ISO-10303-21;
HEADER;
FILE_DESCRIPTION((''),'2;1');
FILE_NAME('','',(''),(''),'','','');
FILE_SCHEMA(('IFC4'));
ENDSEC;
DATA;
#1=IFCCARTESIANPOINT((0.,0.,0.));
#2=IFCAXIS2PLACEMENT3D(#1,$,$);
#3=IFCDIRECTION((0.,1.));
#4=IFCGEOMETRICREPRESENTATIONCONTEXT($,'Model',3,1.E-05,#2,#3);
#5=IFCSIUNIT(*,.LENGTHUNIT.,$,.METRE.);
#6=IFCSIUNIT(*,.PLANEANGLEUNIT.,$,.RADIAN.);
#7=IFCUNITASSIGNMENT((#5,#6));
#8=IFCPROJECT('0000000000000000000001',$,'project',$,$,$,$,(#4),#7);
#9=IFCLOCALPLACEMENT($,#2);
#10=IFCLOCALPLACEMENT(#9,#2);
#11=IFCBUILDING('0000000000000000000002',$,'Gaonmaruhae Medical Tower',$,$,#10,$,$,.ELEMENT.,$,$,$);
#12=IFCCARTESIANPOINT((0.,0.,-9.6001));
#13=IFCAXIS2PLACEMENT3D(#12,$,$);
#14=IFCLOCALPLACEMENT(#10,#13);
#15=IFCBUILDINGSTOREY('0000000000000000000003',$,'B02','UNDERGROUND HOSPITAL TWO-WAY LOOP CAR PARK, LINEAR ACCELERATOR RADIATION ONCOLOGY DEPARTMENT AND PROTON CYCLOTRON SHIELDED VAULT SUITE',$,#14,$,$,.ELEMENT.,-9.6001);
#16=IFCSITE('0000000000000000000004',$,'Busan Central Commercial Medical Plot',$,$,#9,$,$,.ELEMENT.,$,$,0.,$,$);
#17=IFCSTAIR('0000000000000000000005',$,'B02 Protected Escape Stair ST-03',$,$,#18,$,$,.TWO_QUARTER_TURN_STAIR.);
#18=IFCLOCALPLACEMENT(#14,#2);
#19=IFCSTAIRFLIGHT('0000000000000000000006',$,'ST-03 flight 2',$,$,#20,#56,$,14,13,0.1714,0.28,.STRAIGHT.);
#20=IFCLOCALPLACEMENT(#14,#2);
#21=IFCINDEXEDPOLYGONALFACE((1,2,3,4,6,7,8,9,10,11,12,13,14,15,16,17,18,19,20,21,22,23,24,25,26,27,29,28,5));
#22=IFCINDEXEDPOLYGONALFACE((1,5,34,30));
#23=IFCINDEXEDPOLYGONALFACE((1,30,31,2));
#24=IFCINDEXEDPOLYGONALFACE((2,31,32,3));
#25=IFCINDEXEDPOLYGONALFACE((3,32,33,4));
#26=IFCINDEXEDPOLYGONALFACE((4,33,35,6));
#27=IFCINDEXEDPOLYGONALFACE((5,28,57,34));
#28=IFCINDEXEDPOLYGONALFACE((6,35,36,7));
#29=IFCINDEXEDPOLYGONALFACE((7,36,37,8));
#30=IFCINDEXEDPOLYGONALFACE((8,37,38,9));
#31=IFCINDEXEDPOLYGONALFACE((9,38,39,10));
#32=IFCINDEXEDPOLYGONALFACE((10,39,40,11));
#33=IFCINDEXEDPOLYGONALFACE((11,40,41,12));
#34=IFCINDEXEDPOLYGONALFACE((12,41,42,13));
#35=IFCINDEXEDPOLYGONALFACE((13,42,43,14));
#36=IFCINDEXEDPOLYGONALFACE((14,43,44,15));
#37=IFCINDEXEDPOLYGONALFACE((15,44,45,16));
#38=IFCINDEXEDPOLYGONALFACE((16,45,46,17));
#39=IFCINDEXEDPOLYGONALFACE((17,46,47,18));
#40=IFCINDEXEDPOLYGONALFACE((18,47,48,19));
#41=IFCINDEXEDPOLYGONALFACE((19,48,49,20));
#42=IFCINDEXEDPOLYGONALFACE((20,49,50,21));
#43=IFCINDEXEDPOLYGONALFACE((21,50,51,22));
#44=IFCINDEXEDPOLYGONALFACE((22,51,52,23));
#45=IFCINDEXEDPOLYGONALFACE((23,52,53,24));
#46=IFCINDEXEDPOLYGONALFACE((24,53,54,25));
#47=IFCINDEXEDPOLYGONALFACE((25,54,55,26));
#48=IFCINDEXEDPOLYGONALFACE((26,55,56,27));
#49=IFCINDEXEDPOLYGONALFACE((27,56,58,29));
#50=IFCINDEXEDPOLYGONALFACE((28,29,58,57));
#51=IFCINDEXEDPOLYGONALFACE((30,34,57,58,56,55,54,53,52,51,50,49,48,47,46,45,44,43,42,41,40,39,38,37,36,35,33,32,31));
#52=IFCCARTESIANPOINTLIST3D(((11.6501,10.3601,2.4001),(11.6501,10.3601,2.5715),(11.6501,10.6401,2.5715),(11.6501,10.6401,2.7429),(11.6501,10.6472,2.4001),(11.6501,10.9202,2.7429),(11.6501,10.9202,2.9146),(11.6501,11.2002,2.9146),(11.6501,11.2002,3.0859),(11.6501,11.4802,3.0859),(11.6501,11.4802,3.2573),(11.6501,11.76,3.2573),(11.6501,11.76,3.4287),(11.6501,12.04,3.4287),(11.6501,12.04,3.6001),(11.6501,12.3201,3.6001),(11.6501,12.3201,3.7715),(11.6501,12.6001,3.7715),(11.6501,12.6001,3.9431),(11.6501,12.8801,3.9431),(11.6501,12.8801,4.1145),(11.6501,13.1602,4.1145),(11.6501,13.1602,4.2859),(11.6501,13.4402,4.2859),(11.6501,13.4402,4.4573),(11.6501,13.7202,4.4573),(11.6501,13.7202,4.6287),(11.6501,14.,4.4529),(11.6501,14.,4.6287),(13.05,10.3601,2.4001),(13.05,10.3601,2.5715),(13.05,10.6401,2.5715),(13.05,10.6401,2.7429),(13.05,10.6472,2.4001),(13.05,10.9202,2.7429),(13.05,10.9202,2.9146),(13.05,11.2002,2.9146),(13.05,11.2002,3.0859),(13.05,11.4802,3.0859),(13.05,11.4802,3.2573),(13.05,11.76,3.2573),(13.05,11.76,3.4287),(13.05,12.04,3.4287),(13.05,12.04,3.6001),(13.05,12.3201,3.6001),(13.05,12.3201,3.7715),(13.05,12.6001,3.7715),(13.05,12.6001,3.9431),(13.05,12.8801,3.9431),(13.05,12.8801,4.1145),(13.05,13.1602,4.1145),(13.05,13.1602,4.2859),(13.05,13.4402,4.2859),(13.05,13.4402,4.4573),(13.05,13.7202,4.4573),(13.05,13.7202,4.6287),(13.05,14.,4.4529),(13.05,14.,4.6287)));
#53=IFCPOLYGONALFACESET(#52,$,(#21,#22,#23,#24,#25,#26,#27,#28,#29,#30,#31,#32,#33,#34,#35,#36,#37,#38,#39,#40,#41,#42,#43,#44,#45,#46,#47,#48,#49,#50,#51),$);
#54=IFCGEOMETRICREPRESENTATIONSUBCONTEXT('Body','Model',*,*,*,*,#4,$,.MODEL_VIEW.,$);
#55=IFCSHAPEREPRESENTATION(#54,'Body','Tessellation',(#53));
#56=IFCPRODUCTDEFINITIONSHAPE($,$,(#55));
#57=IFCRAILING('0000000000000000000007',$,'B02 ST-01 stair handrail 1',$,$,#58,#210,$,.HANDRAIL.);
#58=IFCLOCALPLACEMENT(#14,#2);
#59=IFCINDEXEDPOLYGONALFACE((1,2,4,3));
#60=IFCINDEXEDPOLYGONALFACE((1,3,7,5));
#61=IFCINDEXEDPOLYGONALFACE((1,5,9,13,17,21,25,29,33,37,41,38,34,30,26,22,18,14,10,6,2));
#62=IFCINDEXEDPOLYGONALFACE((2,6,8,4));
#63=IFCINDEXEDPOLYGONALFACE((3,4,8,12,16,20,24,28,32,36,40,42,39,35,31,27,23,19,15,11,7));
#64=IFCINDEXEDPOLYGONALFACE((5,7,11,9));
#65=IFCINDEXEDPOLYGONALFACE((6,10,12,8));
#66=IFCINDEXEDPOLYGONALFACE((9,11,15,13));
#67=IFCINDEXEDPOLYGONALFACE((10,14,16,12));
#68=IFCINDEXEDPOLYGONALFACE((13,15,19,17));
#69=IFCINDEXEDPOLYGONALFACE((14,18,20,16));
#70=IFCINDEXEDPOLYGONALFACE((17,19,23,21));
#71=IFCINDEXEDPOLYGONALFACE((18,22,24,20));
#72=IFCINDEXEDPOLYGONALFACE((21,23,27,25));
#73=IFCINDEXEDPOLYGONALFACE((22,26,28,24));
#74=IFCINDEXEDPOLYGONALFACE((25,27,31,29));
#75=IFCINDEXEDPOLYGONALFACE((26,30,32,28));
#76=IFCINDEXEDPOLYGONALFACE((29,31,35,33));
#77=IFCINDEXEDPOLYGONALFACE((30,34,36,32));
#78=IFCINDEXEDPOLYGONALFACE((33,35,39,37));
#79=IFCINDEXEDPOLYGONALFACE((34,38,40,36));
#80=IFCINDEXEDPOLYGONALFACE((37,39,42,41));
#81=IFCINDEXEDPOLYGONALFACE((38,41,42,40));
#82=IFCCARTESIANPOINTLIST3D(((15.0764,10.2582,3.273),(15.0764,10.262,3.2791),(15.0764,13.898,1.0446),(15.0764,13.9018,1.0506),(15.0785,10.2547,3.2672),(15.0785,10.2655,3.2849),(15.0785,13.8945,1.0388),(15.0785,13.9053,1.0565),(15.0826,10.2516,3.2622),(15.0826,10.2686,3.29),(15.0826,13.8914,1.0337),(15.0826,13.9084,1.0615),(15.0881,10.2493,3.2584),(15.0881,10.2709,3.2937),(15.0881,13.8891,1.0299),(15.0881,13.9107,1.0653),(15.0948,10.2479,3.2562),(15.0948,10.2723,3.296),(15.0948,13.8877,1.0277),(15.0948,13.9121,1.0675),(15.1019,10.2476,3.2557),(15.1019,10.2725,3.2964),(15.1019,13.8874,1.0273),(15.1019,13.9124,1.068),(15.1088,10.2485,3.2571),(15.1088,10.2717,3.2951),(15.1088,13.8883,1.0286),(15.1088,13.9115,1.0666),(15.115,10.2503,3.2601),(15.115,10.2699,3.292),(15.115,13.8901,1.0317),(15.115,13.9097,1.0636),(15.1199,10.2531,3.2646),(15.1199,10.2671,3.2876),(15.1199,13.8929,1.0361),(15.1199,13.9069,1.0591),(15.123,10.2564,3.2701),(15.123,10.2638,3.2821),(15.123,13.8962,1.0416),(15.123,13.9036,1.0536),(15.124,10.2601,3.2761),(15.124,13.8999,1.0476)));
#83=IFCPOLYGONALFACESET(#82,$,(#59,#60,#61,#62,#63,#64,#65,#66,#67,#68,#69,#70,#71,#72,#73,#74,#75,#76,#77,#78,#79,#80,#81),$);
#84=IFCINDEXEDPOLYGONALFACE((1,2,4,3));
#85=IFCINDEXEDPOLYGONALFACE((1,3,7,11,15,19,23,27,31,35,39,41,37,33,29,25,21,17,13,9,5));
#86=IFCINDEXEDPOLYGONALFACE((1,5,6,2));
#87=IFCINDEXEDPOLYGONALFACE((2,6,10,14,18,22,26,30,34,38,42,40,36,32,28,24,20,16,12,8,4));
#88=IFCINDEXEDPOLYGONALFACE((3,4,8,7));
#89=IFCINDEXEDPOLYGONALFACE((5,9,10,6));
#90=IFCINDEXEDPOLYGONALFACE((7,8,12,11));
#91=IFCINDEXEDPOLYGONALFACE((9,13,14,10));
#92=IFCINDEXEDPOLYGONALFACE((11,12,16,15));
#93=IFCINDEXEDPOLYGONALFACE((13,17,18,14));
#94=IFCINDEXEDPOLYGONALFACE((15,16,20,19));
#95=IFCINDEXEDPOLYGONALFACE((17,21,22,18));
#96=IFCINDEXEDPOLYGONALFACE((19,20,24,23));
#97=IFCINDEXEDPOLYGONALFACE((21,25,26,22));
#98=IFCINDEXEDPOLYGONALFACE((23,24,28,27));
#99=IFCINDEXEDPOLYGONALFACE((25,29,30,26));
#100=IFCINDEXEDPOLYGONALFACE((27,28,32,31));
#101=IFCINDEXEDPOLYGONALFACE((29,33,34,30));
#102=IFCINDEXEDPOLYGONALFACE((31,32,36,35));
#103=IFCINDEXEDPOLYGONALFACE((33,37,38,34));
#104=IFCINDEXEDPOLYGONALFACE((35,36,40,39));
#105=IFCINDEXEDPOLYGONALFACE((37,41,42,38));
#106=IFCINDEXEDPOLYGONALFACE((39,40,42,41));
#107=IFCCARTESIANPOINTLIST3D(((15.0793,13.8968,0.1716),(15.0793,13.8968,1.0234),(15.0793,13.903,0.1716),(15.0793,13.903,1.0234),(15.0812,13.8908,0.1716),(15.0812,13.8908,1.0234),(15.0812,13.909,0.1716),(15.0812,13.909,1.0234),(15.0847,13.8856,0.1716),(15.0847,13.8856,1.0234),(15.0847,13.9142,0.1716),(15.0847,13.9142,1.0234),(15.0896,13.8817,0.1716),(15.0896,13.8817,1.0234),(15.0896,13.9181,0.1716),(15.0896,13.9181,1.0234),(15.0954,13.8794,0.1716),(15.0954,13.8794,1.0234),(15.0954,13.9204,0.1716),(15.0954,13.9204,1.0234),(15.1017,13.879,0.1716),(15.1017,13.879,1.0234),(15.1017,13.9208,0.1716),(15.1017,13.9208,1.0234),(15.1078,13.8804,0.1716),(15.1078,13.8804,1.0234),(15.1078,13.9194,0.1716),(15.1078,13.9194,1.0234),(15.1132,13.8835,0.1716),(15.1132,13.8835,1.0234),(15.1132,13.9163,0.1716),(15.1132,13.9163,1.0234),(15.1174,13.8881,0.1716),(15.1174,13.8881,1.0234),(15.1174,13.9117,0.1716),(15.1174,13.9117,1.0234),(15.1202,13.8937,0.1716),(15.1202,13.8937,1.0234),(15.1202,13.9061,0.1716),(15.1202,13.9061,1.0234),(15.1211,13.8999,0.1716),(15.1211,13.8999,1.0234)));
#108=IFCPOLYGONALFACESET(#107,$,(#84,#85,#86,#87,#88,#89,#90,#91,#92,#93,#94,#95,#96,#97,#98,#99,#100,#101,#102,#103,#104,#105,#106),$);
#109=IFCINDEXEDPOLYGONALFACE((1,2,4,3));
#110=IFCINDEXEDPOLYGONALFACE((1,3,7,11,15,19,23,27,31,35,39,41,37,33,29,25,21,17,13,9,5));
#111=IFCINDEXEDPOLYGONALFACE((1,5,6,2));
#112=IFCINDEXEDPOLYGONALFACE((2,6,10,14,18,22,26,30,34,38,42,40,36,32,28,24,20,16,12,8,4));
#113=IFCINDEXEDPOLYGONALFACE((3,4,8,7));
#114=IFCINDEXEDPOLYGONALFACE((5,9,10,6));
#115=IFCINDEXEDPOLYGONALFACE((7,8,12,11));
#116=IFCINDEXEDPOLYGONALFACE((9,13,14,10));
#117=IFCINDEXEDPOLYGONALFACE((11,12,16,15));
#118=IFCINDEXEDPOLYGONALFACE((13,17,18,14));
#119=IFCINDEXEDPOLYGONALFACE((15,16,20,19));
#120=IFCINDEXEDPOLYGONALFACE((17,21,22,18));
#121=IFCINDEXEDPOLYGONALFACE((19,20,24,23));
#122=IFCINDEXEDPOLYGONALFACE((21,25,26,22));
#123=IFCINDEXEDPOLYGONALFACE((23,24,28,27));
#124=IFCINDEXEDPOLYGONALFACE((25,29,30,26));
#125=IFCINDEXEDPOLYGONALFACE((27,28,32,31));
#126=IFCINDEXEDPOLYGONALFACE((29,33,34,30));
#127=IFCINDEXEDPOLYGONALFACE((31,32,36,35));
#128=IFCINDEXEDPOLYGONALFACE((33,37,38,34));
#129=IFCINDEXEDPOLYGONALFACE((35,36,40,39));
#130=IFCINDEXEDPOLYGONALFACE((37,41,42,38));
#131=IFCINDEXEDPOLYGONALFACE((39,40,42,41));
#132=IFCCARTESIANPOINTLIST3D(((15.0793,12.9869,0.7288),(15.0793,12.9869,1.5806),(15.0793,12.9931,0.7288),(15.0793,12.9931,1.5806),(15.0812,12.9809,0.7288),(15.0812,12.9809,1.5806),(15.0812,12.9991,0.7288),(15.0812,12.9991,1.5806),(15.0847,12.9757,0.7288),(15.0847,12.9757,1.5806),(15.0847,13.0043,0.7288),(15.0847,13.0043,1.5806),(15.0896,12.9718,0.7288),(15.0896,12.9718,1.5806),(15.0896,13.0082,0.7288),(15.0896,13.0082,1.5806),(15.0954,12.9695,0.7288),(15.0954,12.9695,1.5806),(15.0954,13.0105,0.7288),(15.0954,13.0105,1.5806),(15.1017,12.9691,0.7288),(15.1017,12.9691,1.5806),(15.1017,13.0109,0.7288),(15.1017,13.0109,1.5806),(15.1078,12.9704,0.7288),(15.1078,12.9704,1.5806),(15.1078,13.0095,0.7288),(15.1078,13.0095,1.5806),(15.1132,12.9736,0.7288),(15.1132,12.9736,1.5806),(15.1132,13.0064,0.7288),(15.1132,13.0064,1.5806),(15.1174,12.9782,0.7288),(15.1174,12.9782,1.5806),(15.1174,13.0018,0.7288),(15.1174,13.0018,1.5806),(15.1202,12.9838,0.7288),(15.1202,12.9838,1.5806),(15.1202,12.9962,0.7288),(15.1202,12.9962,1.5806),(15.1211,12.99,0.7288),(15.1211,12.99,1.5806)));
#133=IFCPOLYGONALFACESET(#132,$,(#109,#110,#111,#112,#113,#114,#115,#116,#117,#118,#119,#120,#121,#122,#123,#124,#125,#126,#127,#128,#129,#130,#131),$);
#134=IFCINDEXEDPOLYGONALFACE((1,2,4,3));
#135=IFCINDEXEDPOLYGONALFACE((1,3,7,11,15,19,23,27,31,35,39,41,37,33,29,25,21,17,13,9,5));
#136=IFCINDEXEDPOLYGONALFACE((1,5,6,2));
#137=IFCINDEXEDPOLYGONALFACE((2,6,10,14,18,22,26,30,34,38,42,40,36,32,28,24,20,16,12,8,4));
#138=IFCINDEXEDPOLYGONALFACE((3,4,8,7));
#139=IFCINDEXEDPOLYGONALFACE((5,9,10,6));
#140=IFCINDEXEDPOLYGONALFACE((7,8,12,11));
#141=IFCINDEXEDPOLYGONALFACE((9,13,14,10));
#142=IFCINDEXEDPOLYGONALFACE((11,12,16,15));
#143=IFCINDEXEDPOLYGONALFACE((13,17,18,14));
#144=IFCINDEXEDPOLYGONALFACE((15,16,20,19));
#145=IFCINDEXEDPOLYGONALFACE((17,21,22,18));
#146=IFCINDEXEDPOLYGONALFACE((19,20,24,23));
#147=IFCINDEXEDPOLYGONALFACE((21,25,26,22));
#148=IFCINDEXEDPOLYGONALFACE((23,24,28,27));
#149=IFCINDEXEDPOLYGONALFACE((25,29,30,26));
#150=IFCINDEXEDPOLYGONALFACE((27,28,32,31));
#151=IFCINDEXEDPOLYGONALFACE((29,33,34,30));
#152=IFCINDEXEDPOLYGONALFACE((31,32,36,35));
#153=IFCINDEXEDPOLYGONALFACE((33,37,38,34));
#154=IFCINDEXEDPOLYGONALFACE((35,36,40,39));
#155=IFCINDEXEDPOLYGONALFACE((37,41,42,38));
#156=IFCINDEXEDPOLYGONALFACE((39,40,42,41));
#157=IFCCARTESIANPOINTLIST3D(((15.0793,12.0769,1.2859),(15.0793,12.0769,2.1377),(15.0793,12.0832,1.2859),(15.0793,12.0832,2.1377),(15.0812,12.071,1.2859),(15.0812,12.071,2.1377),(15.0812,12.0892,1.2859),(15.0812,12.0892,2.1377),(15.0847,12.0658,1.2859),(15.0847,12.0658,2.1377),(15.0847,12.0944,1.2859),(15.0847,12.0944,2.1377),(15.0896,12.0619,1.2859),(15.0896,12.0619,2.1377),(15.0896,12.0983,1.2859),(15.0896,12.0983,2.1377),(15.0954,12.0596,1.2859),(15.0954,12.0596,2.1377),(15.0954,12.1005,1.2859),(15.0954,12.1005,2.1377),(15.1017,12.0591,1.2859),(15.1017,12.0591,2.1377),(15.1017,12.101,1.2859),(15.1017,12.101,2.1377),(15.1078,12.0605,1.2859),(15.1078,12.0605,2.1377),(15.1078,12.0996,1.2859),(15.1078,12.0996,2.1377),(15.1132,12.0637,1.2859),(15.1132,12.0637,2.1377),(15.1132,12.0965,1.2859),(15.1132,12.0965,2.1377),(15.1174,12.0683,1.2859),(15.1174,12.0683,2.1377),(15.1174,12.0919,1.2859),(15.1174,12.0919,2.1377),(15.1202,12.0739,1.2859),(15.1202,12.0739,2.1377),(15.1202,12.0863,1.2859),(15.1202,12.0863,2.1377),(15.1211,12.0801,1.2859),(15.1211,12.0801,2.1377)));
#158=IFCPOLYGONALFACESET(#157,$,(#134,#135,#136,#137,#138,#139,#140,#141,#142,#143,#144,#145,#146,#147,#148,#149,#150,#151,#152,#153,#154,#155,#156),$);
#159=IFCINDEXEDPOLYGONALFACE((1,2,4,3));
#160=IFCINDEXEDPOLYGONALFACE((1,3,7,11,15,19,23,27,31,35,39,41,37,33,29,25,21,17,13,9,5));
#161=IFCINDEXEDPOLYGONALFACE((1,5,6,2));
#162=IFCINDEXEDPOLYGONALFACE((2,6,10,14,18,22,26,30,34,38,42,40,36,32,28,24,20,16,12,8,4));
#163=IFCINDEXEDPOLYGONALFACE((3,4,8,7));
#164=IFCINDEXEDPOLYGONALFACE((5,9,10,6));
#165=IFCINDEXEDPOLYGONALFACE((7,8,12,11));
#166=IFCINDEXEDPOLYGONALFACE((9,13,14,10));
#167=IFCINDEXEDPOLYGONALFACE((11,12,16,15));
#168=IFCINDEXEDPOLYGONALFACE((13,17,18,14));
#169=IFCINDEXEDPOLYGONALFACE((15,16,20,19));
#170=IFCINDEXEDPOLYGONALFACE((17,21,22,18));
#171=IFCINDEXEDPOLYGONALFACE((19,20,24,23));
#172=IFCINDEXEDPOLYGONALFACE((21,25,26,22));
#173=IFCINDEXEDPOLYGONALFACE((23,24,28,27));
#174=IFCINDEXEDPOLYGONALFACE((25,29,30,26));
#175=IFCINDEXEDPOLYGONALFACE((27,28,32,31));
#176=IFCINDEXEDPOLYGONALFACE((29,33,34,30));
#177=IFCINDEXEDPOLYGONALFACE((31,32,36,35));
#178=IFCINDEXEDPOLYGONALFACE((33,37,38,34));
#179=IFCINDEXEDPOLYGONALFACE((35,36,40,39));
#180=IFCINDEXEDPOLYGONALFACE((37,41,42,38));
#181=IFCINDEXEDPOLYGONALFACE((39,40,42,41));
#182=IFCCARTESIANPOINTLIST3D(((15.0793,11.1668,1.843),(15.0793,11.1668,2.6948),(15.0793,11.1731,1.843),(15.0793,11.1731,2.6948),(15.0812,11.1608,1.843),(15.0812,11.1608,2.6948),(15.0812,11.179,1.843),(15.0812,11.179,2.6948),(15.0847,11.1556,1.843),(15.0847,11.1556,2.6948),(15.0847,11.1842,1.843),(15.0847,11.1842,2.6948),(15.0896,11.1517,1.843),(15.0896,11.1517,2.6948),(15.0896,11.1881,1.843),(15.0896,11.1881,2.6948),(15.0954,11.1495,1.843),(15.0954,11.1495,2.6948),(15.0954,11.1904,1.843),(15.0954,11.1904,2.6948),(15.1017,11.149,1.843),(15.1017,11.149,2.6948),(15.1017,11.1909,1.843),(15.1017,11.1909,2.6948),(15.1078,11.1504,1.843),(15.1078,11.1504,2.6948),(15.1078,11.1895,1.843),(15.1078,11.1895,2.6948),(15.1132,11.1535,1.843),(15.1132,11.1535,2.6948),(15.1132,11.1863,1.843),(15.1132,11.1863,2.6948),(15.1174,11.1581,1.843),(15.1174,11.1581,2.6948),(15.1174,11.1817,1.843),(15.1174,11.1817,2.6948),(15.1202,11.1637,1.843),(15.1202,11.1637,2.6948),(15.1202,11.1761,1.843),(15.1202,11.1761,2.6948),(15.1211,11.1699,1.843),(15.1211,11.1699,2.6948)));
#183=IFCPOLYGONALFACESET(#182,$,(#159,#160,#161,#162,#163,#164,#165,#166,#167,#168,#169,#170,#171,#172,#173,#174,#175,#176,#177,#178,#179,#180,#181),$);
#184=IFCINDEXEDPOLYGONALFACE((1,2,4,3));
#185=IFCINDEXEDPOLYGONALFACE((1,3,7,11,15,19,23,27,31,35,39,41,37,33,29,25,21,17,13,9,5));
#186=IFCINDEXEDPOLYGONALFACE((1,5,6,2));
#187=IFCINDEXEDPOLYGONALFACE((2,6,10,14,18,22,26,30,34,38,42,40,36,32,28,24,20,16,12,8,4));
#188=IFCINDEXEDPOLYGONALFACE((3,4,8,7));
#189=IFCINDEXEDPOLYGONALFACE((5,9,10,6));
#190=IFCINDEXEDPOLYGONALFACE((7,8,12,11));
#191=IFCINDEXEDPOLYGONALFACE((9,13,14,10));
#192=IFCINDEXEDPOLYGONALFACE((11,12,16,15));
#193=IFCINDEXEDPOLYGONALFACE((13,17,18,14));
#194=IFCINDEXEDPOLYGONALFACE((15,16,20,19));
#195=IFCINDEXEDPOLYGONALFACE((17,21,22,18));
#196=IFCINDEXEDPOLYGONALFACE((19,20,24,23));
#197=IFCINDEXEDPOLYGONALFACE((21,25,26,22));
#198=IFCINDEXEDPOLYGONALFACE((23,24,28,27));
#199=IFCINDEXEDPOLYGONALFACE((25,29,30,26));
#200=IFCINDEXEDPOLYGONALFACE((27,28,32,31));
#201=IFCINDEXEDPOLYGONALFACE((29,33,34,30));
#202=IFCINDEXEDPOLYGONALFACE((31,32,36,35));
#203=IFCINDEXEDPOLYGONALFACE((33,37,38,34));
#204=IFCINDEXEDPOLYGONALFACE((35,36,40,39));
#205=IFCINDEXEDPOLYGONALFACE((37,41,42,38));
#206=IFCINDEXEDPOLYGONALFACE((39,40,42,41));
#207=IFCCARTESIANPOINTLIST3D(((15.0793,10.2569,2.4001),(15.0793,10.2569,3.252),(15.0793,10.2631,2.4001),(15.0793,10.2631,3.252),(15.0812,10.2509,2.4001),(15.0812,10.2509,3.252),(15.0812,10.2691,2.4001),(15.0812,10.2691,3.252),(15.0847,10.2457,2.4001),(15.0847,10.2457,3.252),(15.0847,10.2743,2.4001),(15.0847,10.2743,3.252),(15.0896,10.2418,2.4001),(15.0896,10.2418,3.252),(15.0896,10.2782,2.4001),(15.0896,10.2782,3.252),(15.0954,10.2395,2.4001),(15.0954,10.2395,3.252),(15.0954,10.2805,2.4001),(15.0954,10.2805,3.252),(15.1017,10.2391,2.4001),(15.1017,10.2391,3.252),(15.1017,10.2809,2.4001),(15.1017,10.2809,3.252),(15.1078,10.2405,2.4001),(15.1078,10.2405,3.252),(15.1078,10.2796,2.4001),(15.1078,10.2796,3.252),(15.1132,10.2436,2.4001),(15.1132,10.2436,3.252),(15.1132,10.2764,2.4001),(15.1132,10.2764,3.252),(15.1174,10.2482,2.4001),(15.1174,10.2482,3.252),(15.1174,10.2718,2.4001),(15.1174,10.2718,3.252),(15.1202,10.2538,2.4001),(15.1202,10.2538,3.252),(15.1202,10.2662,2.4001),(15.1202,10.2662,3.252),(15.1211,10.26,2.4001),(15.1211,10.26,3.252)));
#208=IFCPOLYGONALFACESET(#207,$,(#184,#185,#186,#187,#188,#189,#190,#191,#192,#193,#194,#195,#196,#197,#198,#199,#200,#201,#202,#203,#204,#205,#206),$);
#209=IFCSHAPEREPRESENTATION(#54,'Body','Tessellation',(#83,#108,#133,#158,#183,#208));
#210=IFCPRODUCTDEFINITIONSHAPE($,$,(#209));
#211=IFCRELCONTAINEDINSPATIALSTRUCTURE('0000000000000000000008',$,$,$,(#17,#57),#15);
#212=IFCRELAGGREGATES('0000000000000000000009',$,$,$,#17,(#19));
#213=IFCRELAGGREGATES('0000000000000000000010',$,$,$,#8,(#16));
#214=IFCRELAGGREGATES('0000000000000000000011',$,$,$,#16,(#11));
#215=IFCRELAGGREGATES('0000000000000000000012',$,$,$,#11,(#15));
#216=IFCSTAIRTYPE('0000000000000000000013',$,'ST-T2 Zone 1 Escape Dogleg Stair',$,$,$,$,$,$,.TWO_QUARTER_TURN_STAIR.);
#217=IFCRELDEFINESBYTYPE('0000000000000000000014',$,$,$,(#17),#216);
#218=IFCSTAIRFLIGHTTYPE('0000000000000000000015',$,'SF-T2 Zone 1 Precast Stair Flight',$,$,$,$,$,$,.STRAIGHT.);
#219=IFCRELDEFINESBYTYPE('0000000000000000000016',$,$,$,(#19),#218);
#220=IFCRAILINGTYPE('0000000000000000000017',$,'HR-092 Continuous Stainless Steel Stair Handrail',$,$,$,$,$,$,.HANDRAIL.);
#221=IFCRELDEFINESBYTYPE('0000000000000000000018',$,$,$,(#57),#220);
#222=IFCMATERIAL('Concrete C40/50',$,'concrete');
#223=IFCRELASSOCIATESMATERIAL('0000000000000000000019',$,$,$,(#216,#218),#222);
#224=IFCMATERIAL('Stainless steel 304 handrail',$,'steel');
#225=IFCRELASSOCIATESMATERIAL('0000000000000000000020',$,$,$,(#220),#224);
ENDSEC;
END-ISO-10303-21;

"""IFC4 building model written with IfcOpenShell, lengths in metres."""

from ifc_helpers import new_model, si_unit, direction, frame, origin, origin_2d, place, context, subcontext, project, spatial, polyline, circle, outline, extrude, material, type_object, element, aggregate, save


model = new_model("IFC4")

# Units and contexts
model_context = context("Model", 3, precision=1e-05, world=origin(), true_north=direction((0.0, 1.0)))
body_context = subcontext(model_context, "Body", "Model", "MODEL_VIEW")
ifc_project = project(units=[si_unit("LENGTHUNIT", "METRE"), si_unit("PLANEANGLEUNIT", "RADIAN")], contexts=[model_context])

# Site, building, storey
site_placement = place(None, origin())
site = spatial("IfcSite", under=ifc_project, at=site_placement, Name="Busan Central Commercial Medical Plot", CompositionType="ELEMENT", RefElevation=0.0)
building_placement = place(site_placement, origin())
building = spatial("IfcBuilding", under=site, at=building_placement, Name="Gaonmaruhae Medical Tower", CompositionType="ELEMENT")
storey_placement = place(building_placement, frame((0.0, 0.0, -9.6001)))
storey = spatial("IfcBuildingStorey", under=building, at=storey_placement, Name="B02", Description="UNDERGROUND HOSPITAL TWO-WAY LOOP CAR PARK, LINEAR ACCELERATOR RADIATION ONCOLOGY DEPARTMENT AND PROTON CYCLOTRON SHIELDED VAULT SUITE", CompositionType="ELEMENT", Elevation=-9.6001)

# Shared definitions
ifc_material_1 = material(Name="Concrete C40/50", Category="concrete")

# Stair, stair flight
stair_type_1 = type_object("IfcStairType", Name="ST-T2 Zone 1 Escape Dogleg Stair", PredefinedType="TWO_QUARTER_TURN_STAIR", material=ifc_material_1)
stair_1_placement = place(storey_placement, origin())
stair_1 = element("IfcStair", 1, at=stair_1_placement, inside=storey, type_object=stair_type_1, Name="B02 Protected Escape Stair ST-03", PredefinedType="TWO_QUARTER_TURN_STAIR")
stair_flight_type_1 = type_object("IfcStairFlightType", Name="SF-T2 Zone 1 Precast Stair Flight", PredefinedType="STRAIGHT", material=ifc_material_1)
stair_flight_1_placement = place(storey_placement, frame((12.3501, 10.3601, 2.4001), z_axis=(0.0, 0.0, 1.0), x_axis=(0.0, 1.0, 0.0)))
stair_flight_1 = element("IfcStairFlight", 2, at=stair_flight_1_placement, type_object=stair_flight_type_1, Name="ST-03 flight 2", NumberOfRisers=14, NumberOfTreads=13, PredefinedType="STRAIGHT", RiserHeight=0.1714, TreadLength=0.28, context=body_context, shape_type="SweptSolid", body=[
    extrude(outline(polyline([(0.0, 0.0), (0.0, 0.1714), (0.28, 0.1714), (0.28, 0.3428), (0.5601, 0.3428), (0.5601, 0.5144), (0.8401, 0.5144), (0.8401, 0.6858), (1.1201, 0.6858), (1.1201, 0.8572), (1.3999, 0.8572), (1.3999, 1.0286), (1.6799, 1.0286), (1.6799, 1.2), (1.96, 1.2), (1.96, 1.3713), (2.24, 1.3713), (2.24, 1.543), (2.52, 1.543), (2.52, 1.7144), (2.8, 1.7144), (2.8, 1.8857), (3.0801, 1.8857), (3.0801, 2.0571), (3.3601, 2.0571), (3.3601, 2.2285), (3.6399, 2.2285), (3.6399, 2.3999), (3.6399, 2.0527), (0.2871, 0.0), (0.0, 0.0)])), frame((0.0, 0.7, 0.0), z_axis=(0.0, -1.0, 0.0), x_axis=(1.0, 0.0, 0.0)), (0.0, 0.0, 1.0), 1.3999),
])
aggregate(stair_1, [stair_flight_1])

# Railing
ifc_material_2 = material(Name="Stainless steel 304 handrail", Category="steel")
railing_type_1 = type_object("IfcRailingType", Name="HR-092 Continuous Stainless Steel Stair Handrail", PredefinedType="HANDRAIL", material=ifc_material_2)
for number, where, name in (
    (3, (15.1001, 13.8999, 0.1716), "B02 ST-01 stair handrail 1"),
):
    element("IfcRailing", number, at=place(storey_placement, frame(where)), inside=storey, type_object=railing_type_1, Name=name, PredefinedType="HANDRAIL", context=body_context, shape_type="SweptSolid", body=[
        extrude(circle(Radius=0.0239, at=origin_2d()), frame((0.0, 0.0, 0.876), z_axis=(0.0, -0.85285, 0.522156), x_axis=(1.0, 0.0, 0.0)), (0.0, 0.0, 1.0), 4.2678),
        extrude(circle(Radius=0.021, at=origin_2d()), origin(), (0.0, 0.0, 1.0), 0.8518),
        extrude(circle(Radius=0.021, at=origin_2d()), frame((0.0, -0.9099, 0.5571)), (0.0, 0.0, 1.0), 0.8518),
        extrude(circle(Radius=0.021, at=origin_2d()), frame((0.0, -1.8198, 1.1143)), (0.0, 0.0, 1.0), 0.8518),
        extrude(circle(Radius=0.021, at=origin_2d()), frame((0.0, -2.73, 1.6714)), (0.0, 0.0, 1.0), 0.8518),
        extrude(circle(Radius=0.021, at=origin_2d()), frame((0.0, -3.6399, 2.2285)), (0.0, 0.0, 1.0), 0.8518),
    ])

save(model, "model.ifc")
